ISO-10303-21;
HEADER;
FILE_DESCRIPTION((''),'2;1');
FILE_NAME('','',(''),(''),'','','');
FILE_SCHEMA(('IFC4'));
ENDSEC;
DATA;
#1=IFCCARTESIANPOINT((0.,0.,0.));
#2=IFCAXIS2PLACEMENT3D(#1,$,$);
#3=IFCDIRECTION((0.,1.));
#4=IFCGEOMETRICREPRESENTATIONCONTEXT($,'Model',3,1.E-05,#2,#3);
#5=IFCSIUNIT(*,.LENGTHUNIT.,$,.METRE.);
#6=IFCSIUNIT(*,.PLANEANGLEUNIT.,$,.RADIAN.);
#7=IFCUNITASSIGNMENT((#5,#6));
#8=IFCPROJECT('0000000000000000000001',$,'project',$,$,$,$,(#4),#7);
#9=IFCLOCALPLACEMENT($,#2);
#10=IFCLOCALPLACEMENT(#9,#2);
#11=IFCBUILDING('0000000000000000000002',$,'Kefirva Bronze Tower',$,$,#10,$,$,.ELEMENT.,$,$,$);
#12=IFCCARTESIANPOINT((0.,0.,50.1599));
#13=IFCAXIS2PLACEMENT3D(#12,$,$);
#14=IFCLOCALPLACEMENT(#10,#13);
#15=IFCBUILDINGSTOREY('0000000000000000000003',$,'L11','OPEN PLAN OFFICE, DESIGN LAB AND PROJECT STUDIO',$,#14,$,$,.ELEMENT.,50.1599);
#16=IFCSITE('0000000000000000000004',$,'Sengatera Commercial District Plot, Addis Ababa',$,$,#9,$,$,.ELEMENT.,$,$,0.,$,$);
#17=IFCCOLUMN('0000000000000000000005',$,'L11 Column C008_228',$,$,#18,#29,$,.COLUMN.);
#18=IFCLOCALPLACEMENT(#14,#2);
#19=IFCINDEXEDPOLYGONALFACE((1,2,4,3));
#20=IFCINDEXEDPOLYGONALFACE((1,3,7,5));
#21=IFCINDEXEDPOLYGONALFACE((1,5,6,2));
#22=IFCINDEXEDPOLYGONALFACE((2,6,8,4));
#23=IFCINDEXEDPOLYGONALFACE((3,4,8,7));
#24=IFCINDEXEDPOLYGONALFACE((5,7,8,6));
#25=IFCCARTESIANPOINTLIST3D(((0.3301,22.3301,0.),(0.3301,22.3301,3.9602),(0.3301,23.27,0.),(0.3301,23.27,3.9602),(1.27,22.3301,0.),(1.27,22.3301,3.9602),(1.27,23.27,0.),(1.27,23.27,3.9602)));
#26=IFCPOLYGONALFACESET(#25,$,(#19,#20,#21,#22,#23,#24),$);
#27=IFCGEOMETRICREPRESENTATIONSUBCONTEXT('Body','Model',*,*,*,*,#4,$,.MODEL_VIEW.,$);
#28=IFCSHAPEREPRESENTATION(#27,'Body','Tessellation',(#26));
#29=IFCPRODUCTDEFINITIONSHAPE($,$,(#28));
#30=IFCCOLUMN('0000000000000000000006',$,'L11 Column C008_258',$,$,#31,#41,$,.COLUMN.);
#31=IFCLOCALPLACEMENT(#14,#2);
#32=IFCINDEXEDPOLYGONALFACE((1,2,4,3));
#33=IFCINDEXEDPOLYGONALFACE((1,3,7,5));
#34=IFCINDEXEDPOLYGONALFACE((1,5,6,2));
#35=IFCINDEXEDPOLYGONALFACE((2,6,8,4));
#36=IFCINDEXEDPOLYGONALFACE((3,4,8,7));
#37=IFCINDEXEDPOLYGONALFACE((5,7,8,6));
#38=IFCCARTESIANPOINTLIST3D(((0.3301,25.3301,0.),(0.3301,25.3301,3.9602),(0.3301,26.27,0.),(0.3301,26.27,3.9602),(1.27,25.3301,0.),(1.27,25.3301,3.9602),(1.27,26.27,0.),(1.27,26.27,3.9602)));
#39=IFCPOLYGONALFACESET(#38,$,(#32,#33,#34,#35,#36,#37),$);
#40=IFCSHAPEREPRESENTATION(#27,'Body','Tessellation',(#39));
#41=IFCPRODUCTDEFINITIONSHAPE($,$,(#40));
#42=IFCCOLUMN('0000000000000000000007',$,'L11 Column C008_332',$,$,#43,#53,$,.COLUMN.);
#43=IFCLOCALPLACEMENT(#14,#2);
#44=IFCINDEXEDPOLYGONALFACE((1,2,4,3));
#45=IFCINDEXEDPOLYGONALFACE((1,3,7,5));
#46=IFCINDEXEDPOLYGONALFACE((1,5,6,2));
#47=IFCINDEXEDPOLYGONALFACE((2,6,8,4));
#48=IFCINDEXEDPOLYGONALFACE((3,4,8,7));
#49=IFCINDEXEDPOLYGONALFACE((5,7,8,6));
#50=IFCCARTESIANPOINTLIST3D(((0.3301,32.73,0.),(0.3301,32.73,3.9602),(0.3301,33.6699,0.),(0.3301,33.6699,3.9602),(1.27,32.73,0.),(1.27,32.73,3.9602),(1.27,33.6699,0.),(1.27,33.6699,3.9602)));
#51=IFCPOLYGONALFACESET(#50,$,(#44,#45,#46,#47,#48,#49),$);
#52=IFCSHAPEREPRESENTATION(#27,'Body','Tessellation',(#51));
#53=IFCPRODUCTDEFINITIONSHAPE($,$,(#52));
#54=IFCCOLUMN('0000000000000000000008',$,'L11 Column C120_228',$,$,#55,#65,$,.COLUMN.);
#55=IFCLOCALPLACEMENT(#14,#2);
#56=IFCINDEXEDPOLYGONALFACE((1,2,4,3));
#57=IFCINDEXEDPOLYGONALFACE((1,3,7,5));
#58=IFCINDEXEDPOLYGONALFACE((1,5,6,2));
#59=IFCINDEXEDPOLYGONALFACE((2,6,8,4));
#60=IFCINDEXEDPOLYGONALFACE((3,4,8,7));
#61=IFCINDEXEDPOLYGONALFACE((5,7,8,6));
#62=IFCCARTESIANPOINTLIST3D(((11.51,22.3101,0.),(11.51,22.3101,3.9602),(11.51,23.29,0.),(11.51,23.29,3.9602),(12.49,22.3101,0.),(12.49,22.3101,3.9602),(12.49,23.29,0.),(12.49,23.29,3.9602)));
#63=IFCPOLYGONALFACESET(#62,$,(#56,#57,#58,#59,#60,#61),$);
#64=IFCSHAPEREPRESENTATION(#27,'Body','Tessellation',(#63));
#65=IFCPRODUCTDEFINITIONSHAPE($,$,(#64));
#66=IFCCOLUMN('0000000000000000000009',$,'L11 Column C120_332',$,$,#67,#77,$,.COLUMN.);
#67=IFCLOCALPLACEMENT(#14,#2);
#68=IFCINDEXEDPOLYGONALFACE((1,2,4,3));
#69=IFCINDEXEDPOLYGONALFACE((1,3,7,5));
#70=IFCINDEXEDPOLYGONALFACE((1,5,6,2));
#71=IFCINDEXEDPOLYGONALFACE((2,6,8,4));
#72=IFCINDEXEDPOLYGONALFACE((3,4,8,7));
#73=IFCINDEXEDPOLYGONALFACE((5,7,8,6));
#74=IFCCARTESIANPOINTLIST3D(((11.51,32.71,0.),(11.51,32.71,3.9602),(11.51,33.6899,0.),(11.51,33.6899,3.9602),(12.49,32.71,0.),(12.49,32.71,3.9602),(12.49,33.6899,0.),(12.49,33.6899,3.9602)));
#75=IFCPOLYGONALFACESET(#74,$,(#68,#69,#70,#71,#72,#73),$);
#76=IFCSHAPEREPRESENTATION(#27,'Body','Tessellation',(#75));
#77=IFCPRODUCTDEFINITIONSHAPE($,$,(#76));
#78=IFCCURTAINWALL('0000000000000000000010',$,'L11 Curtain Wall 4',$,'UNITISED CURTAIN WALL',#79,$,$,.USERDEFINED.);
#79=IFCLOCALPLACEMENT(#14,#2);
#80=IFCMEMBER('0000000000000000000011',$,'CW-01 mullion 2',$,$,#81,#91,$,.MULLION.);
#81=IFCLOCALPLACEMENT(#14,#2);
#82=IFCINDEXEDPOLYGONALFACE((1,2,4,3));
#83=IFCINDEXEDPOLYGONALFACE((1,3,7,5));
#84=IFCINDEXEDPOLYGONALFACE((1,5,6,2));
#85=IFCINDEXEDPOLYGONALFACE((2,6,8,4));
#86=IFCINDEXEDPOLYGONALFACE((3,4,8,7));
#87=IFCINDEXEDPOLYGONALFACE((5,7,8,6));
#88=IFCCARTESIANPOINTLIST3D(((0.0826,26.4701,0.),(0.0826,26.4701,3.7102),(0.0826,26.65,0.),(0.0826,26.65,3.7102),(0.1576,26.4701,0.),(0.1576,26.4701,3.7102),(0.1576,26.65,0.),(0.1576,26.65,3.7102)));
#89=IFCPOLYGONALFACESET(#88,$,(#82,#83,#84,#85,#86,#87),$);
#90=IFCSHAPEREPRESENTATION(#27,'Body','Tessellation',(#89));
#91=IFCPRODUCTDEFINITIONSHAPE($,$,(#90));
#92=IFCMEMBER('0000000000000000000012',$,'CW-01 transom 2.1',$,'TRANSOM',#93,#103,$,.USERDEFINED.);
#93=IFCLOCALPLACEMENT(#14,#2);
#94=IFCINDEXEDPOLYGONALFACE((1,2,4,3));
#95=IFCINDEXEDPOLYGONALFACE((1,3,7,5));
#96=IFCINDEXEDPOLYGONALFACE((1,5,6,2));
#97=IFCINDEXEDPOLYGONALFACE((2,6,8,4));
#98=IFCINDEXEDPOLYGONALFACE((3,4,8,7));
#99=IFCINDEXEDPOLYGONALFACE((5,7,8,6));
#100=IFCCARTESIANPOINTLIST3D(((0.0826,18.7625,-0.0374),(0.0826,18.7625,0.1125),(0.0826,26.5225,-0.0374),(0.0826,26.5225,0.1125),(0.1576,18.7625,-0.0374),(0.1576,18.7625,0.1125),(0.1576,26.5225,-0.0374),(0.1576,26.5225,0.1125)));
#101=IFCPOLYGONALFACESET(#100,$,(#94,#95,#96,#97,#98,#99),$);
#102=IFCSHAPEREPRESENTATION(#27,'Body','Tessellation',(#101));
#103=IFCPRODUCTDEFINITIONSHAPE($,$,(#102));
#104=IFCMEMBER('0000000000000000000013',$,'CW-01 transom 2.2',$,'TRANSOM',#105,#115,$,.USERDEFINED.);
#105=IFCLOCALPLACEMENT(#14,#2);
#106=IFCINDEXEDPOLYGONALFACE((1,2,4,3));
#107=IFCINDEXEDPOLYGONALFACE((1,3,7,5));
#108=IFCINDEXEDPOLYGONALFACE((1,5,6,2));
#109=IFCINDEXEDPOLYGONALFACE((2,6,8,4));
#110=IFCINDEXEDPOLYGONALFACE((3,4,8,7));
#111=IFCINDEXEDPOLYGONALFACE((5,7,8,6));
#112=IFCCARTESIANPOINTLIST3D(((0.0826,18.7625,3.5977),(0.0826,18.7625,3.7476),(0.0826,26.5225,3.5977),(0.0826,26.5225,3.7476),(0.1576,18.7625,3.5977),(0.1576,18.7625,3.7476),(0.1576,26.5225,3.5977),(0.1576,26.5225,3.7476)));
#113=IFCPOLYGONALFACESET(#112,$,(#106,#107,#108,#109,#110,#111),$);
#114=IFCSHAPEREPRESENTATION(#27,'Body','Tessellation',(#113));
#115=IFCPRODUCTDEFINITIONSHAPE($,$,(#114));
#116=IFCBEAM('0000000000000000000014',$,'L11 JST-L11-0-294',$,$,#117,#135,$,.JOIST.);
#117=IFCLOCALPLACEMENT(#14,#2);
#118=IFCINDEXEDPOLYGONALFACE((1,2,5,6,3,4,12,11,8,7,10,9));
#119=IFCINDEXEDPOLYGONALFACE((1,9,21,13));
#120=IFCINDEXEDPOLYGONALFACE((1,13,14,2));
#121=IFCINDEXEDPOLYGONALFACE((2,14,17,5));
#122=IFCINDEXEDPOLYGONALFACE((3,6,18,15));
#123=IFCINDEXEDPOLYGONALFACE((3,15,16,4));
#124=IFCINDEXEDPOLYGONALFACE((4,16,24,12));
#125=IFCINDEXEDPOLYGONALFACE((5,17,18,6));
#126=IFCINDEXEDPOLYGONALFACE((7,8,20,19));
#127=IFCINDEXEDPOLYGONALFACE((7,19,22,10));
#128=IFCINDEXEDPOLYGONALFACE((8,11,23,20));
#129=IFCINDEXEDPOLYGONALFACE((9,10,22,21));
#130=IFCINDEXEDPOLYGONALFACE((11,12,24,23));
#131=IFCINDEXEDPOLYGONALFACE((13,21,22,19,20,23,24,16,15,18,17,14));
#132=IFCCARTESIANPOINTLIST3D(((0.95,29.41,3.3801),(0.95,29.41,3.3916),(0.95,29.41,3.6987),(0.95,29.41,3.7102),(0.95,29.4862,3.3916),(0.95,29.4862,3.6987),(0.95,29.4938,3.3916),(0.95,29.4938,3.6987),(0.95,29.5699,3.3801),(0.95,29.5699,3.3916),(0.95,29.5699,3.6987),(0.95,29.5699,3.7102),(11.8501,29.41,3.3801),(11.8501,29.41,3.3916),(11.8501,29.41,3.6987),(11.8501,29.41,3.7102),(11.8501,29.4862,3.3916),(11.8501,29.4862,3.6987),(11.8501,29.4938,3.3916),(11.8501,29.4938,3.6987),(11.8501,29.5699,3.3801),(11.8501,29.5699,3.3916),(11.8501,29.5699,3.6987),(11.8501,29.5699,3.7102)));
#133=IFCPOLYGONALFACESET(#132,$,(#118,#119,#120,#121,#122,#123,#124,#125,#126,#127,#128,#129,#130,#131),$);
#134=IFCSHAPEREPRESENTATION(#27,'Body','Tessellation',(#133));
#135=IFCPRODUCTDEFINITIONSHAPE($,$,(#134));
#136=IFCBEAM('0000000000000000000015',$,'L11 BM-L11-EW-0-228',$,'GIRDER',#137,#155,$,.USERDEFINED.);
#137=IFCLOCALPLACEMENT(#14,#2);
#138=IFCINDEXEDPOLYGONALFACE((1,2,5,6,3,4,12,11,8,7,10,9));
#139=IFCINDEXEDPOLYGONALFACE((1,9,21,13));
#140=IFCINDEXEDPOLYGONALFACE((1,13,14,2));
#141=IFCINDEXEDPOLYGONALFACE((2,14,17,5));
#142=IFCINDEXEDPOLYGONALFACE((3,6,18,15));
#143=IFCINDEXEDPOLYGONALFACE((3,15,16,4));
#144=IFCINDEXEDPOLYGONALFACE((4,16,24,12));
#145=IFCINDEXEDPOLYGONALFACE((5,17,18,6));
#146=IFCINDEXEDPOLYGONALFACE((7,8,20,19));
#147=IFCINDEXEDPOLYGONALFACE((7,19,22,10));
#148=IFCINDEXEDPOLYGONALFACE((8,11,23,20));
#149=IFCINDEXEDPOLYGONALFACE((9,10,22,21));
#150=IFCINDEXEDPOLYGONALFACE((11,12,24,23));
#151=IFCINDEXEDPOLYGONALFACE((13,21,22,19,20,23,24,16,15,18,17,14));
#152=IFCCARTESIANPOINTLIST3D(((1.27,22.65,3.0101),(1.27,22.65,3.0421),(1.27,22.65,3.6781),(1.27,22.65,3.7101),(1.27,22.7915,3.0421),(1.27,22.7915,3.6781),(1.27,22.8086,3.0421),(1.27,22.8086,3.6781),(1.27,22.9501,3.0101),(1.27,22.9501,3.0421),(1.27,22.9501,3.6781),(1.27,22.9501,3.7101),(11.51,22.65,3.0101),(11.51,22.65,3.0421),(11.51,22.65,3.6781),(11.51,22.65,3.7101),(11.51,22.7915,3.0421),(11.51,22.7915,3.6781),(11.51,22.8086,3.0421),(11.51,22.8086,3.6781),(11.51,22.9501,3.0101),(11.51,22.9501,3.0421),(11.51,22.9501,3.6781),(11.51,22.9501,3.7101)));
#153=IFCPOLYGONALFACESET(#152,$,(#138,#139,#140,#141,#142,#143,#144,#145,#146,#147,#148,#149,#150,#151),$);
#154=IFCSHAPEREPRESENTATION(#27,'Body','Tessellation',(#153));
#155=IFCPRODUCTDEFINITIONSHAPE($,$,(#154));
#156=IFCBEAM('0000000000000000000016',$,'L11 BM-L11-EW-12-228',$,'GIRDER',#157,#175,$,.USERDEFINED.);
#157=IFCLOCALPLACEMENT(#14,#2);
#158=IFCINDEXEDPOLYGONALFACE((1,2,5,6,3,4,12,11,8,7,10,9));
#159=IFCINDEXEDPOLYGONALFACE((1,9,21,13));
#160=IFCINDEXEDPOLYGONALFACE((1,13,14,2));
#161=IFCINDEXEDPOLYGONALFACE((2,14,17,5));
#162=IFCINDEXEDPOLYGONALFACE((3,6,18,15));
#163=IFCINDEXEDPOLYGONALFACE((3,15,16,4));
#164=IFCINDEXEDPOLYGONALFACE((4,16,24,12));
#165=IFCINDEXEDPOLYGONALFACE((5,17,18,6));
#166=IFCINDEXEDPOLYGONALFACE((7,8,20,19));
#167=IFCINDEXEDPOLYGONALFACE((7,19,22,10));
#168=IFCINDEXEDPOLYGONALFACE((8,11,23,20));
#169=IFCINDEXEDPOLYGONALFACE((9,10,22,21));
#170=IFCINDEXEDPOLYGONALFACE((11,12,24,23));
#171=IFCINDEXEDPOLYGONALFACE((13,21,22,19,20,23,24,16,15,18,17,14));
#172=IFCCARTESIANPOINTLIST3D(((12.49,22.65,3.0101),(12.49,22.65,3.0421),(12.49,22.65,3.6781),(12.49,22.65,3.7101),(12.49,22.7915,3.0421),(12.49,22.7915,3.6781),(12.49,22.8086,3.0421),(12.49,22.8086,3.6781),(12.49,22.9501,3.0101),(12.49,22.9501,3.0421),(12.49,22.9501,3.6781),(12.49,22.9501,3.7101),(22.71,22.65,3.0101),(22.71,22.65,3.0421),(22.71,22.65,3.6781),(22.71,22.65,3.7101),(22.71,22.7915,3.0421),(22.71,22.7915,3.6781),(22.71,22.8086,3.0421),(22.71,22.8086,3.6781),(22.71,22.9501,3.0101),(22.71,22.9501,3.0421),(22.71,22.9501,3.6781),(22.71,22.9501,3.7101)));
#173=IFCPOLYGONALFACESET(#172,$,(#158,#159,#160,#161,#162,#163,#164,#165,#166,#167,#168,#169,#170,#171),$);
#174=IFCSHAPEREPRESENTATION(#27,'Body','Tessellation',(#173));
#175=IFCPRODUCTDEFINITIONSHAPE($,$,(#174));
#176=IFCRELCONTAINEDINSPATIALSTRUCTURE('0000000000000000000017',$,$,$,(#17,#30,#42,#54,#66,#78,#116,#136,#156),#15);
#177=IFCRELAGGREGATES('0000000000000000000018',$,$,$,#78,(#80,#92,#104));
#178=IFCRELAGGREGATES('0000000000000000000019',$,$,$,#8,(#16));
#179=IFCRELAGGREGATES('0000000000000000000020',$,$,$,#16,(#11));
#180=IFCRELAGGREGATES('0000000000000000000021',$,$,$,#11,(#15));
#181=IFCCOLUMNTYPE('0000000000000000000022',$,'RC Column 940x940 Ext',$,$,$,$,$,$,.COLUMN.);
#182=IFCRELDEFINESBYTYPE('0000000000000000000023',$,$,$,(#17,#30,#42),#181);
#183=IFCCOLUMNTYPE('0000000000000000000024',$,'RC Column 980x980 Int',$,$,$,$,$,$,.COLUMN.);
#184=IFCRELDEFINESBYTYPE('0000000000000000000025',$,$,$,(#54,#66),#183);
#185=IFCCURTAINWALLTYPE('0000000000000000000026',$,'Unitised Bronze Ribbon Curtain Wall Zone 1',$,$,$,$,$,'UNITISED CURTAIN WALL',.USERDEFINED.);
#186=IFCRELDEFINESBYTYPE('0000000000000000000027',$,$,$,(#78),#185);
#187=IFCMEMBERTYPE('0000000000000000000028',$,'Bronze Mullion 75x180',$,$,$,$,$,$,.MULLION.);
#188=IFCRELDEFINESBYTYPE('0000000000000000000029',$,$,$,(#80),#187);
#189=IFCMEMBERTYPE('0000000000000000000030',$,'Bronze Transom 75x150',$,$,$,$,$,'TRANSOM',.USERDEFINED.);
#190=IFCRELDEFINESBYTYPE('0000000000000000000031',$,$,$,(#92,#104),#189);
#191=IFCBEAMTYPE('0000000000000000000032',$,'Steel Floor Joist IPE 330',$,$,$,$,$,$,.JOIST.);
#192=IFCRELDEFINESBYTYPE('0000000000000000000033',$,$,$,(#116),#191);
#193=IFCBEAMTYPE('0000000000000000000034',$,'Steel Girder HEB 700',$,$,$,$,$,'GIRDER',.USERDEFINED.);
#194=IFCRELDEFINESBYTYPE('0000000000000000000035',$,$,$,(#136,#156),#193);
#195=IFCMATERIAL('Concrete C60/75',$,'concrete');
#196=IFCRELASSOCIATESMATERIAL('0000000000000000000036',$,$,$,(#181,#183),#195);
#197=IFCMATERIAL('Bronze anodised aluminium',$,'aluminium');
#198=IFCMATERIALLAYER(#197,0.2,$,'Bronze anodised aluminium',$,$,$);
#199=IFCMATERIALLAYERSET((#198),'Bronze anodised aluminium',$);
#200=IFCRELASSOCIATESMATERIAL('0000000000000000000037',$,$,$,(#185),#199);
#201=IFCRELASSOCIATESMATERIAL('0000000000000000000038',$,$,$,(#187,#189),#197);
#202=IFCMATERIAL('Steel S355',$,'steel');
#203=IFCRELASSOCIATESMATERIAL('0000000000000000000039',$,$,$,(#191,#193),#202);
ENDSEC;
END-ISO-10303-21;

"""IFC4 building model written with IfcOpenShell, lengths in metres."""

from ifc_helpers import new_model, si_unit, direction, frame, origin, origin_2d, place, context, subcontext, project, spatial, rectangle, i_section, extrude, material, layer, layer_set, material_profile, profile_set, type_object, element, aggregate, save


model = new_model("IFC4")

# Units and contexts
model_context = context("Model", 3, precision=1e-05, world=origin(), true_north=direction((0.0, 1.0)))
body_context = subcontext(model_context, "Body", "Model", "MODEL_VIEW")
ifc_project = project(units=[si_unit("LENGTHUNIT", "METRE"), si_unit("PLANEANGLEUNIT", "RADIAN")], contexts=[model_context])

# Site, building, storey
site_placement = place(None, origin())
site = spatial("IfcSite", under=ifc_project, at=site_placement, Name="Sengatera Commercial District Plot, Addis Ababa", CompositionType="ELEMENT", RefElevation=0.0)
building_placement = place(site_placement, origin())
building = spatial("IfcBuilding", under=site, at=building_placement, Name="Kefirva Bronze Tower", CompositionType="ELEMENT")
storey_placement = place(building_placement, frame((0.0, 0.0, 50.1599)))
storey = spatial("IfcBuildingStorey", under=building, at=storey_placement, Name="L11", Description="OPEN PLAN OFFICE, DESIGN LAB AND PROJECT STUDIO", CompositionType="ELEMENT", Elevation=50.1599)

# Columns
ifc_material_1 = material(Name="Concrete C60/75", Category="concrete")
ifc_material_profile_1 = material_profile(ifc_material_1, rectangle(XDim=0.9399, YDim=0.9399, at=origin_2d()), Name="RC 940x940")
ifc_profile_set_1 = profile_set([ifc_material_profile_1], Name="Concrete C60/75")
column_type_1 = type_object("IfcColumnType", Name="RC Column 940x940 Ext", PredefinedType="COLUMN", material=ifc_profile_set_1)
for number, where, z_axis, x_axis, name in (
    (1, (0.8, 22.8, 0.0), (0.0, 0.0, 1.0), (1.0, 0.0, 0.0), "L11 Column C008_228"),
    (2, (0.8, 25.8, 0.0), (0.0, 0.0, 1.0), (1.0, 0.0, 0.0), "L11 Column C008_258"),
    (3, (0.8, 33.2, 0.0), (0.0, 0.0, 1.0), (1.0, 0.0, 0.0), "L11 Column C008_332"),
):
    element("IfcColumn", number, at=place(storey_placement, frame(where, z_axis=z_axis, x_axis=x_axis)), inside=storey, type_object=column_type_1, Name=name, PredefinedType="COLUMN", context=body_context, shape_type="SweptSolid", body=[
        extrude(rectangle(XDim=0.9399, YDim=0.9399, at=origin_2d()), origin(), (0.0, 0.0, 1.0), 3.9602),
    ])
ifc_material_profile_2 = material_profile(ifc_material_1, rectangle(XDim=0.98, YDim=0.98, at=origin_2d()), Name="RC 980x980")
ifc_profile_set_2 = profile_set([ifc_material_profile_2], Name="Concrete C60/75")
column_type_2 = type_object("IfcColumnType", Name="RC Column 980x980 Int", PredefinedType="COLUMN", material=ifc_profile_set_2)
for number, where, z_axis, x_axis, name in (
    (4, (12.0, 22.8, 0.0), (0.0, 0.0, 1.0), (1.0, 0.0, 0.0), "L11 Column C120_228"),
    (5, (12.0, 33.2, 0.0), (0.0, 0.0, 1.0), (1.0, 0.0, 0.0), "L11 Column C120_332"),
):
    element("IfcColumn", number, at=place(storey_placement, frame(where, z_axis=z_axis, x_axis=x_axis)), inside=storey, type_object=column_type_2, Name=name, PredefinedType="COLUMN", context=body_context, shape_type="SweptSolid", body=[
        extrude(rectangle(XDim=0.98, YDim=0.98, at=origin_2d()), origin(), (0.0, 0.0, 1.0), 3.9602),
    ])

# Curtain wall, members
ifc_material_2 = material(Name="Bronze anodised aluminium", Category="aluminium")
ifc_layer_1 = layer(ifc_material_2, 0.2, Name="Bronze anodised aluminium")
ifc_layer_set_1 = layer_set([ifc_layer_1], Name="Bronze anodised aluminium")
curtain_wall_type = type_object("IfcCurtainWallType", Name="Unitised Bronze Ribbon Curtain Wall Zone 1", ElementType="UNITISED CURTAIN WALL", PredefinedType="USERDEFINED", material=ifc_layer_set_1)
curtain_wall_placement = place(storey_placement, origin())
curtain_wall = element("IfcCurtainWall", 6, at=curtain_wall_placement, inside=storey, type_object=curtain_wall_type, Name="L11 Curtain Wall 4", ObjectType="UNITISED CURTAIN WALL", PredefinedType="USERDEFINED")
ifc_material_profile_3 = material_profile(ifc_material_2, rectangle(XDim=0.075, YDim=0.1799, at=origin_2d()), Name="ALU 75x180")
ifc_profile_set_3 = profile_set([ifc_material_profile_3], Name="Bronze anodised aluminium")
member_type_1 = type_object("IfcMemberType", Name="Bronze Mullion 75x180", PredefinedType="MULLION", material=ifc_profile_set_3)
member_1_placement = place(storey_placement, frame((0.1201, 26.5601, 0.0), z_axis=(0.0, 0.0, 1.0), x_axis=(1.0, 0.0, 0.0)))
member_1 = element("IfcMember", 7, at=member_1_placement, type_object=member_type_1, Name="CW-01 mullion 2", PredefinedType="MULLION", context=body_context, shape_type="SweptSolid", body=[
    extrude(rectangle(XDim=0.075, YDim=0.1799, at=origin_2d()), origin(), (0.0, 0.0, 1.0), 3.7102),
])
ifc_material_profile_4 = material_profile(ifc_material_2, rectangle(XDim=0.075, YDim=0.1499, at=origin_2d()), Name="ALU 75x150")
ifc_profile_set_4 = profile_set([ifc_material_profile_4], Name="Bronze anodised aluminium")
member_type_2 = type_object("IfcMemberType", Name="Bronze Transom 75x150", ElementType="TRANSOM", PredefinedType="USERDEFINED", material=ifc_profile_set_4)
member_2_placement = place(storey_placement, frame((0.1201, 26.5225, 0.0376), z_axis=(0.0, -1.0, 0.0), x_axis=(1.0, 0.0, 0.0)))
member_2 = element("IfcMember", 8, at=member_2_placement, type_object=member_type_2, Name="CW-01 transom 2.1", ObjectType="TRANSOM", PredefinedType="USERDEFINED", context=body_context, shape_type="SweptSolid", body=[
    extrude(rectangle(XDim=0.075, YDim=0.1499, at=origin_2d()), origin(), (0.0, 0.0, 1.0), 7.76),
])
member_3_placement = place(storey_placement, frame((0.1201, 26.5225, 3.6726), z_axis=(0.0, -1.0, 0.0), x_axis=(1.0, 0.0, 0.0)))
member_3 = element("IfcMember", 9, at=member_3_placement, type_object=member_type_2, Name="CW-01 transom 2.2", ObjectType="TRANSOM", PredefinedType="USERDEFINED", context=body_context, shape_type="SweptSolid", body=[
    extrude(rectangle(XDim=0.075, YDim=0.1499, at=origin_2d()), origin(), (0.0, 0.0, 1.0), 7.76),
])

# Beams
ifc_material_3 = material(Name="Steel S355", Category="steel")
ifc_material_profile_5 = material_profile(ifc_material_3, i_section(OverallWidth=0.1599, OverallDepth=0.3301, WebThickness=0.0076, FlangeThickness=0.0115, at=origin_2d()), Name="IPE 330")
ifc_profile_set_5 = profile_set([ifc_material_profile_5], Name="Steel S355")
beam_type_1 = type_object("IfcBeamType", Name="Steel Floor Joist IPE 330", PredefinedType="JOIST", material=ifc_profile_set_5)
beam_1_placement = place(storey_placement, frame((0.95, 29.49, 3.5452), z_axis=(1.0, 0.0, 0.0), x_axis=(0.0, 1.0, 0.0)))
element("IfcBeam", 10, at=beam_1_placement, inside=storey, type_object=beam_type_1, Name="L11 JST-L11-0-294", PredefinedType="JOIST", context=body_context, shape_type="SweptSolid", body=[
    extrude(i_section(OverallWidth=0.1599, OverallDepth=0.3301, WebThickness=0.0076, FlangeThickness=0.0115, at=origin_2d()), origin(), (0.0, 0.0, 1.0), 10.9001),
])
ifc_material_profile_6 = material_profile(ifc_material_3, i_section(OverallWidth=0.3, OverallDepth=0.7, WebThickness=0.0171, FlangeThickness=0.032, at=origin_2d()), Name="HEB 700")
ifc_profile_set_6 = profile_set([ifc_material_profile_6], Name="Steel S355")
beam_type_2 = type_object("IfcBeamType", Name="Steel Girder HEB 700", ElementType="GIRDER", PredefinedType="USERDEFINED", material=ifc_profile_set_6)
beam_2_placement = place(storey_placement, frame((1.27, 22.8, 3.3601), z_axis=(1.0, 0.0, 0.0), x_axis=(0.0, 1.0, 0.0)))
element("IfcBeam", 11, at=beam_2_placement, inside=storey, type_object=beam_type_2, Name="L11 BM-L11-EW-0-228", ObjectType="GIRDER", PredefinedType="USERDEFINED", context=body_context, shape_type="SweptSolid", body=[
    extrude(i_section(OverallWidth=0.3, OverallDepth=0.7, WebThickness=0.0171, FlangeThickness=0.032, at=origin_2d()), origin(), (0.0, 0.0, 1.0), 10.24),
])
beam_3_placement = place(storey_placement, frame((12.49, 22.8, 3.3601), z_axis=(1.0, 0.0, 0.0), x_axis=(0.0, 1.0, 0.0)))
element("IfcBeam", 12, at=beam_3_placement, inside=storey, type_object=beam_type_2, Name="L11 BM-L11-EW-12-228", ObjectType="GIRDER", PredefinedType="USERDEFINED", context=body_context, shape_type="SweptSolid", body=[
    extrude(i_section(OverallWidth=0.3, OverallDepth=0.7, WebThickness=0.0171, FlangeThickness=0.032, at=origin_2d()), origin(), (0.0, 0.0, 1.0), 10.22),
])

aggregate(curtain_wall, [member_1, member_2, member_3])

save(model, "model.ifc")
